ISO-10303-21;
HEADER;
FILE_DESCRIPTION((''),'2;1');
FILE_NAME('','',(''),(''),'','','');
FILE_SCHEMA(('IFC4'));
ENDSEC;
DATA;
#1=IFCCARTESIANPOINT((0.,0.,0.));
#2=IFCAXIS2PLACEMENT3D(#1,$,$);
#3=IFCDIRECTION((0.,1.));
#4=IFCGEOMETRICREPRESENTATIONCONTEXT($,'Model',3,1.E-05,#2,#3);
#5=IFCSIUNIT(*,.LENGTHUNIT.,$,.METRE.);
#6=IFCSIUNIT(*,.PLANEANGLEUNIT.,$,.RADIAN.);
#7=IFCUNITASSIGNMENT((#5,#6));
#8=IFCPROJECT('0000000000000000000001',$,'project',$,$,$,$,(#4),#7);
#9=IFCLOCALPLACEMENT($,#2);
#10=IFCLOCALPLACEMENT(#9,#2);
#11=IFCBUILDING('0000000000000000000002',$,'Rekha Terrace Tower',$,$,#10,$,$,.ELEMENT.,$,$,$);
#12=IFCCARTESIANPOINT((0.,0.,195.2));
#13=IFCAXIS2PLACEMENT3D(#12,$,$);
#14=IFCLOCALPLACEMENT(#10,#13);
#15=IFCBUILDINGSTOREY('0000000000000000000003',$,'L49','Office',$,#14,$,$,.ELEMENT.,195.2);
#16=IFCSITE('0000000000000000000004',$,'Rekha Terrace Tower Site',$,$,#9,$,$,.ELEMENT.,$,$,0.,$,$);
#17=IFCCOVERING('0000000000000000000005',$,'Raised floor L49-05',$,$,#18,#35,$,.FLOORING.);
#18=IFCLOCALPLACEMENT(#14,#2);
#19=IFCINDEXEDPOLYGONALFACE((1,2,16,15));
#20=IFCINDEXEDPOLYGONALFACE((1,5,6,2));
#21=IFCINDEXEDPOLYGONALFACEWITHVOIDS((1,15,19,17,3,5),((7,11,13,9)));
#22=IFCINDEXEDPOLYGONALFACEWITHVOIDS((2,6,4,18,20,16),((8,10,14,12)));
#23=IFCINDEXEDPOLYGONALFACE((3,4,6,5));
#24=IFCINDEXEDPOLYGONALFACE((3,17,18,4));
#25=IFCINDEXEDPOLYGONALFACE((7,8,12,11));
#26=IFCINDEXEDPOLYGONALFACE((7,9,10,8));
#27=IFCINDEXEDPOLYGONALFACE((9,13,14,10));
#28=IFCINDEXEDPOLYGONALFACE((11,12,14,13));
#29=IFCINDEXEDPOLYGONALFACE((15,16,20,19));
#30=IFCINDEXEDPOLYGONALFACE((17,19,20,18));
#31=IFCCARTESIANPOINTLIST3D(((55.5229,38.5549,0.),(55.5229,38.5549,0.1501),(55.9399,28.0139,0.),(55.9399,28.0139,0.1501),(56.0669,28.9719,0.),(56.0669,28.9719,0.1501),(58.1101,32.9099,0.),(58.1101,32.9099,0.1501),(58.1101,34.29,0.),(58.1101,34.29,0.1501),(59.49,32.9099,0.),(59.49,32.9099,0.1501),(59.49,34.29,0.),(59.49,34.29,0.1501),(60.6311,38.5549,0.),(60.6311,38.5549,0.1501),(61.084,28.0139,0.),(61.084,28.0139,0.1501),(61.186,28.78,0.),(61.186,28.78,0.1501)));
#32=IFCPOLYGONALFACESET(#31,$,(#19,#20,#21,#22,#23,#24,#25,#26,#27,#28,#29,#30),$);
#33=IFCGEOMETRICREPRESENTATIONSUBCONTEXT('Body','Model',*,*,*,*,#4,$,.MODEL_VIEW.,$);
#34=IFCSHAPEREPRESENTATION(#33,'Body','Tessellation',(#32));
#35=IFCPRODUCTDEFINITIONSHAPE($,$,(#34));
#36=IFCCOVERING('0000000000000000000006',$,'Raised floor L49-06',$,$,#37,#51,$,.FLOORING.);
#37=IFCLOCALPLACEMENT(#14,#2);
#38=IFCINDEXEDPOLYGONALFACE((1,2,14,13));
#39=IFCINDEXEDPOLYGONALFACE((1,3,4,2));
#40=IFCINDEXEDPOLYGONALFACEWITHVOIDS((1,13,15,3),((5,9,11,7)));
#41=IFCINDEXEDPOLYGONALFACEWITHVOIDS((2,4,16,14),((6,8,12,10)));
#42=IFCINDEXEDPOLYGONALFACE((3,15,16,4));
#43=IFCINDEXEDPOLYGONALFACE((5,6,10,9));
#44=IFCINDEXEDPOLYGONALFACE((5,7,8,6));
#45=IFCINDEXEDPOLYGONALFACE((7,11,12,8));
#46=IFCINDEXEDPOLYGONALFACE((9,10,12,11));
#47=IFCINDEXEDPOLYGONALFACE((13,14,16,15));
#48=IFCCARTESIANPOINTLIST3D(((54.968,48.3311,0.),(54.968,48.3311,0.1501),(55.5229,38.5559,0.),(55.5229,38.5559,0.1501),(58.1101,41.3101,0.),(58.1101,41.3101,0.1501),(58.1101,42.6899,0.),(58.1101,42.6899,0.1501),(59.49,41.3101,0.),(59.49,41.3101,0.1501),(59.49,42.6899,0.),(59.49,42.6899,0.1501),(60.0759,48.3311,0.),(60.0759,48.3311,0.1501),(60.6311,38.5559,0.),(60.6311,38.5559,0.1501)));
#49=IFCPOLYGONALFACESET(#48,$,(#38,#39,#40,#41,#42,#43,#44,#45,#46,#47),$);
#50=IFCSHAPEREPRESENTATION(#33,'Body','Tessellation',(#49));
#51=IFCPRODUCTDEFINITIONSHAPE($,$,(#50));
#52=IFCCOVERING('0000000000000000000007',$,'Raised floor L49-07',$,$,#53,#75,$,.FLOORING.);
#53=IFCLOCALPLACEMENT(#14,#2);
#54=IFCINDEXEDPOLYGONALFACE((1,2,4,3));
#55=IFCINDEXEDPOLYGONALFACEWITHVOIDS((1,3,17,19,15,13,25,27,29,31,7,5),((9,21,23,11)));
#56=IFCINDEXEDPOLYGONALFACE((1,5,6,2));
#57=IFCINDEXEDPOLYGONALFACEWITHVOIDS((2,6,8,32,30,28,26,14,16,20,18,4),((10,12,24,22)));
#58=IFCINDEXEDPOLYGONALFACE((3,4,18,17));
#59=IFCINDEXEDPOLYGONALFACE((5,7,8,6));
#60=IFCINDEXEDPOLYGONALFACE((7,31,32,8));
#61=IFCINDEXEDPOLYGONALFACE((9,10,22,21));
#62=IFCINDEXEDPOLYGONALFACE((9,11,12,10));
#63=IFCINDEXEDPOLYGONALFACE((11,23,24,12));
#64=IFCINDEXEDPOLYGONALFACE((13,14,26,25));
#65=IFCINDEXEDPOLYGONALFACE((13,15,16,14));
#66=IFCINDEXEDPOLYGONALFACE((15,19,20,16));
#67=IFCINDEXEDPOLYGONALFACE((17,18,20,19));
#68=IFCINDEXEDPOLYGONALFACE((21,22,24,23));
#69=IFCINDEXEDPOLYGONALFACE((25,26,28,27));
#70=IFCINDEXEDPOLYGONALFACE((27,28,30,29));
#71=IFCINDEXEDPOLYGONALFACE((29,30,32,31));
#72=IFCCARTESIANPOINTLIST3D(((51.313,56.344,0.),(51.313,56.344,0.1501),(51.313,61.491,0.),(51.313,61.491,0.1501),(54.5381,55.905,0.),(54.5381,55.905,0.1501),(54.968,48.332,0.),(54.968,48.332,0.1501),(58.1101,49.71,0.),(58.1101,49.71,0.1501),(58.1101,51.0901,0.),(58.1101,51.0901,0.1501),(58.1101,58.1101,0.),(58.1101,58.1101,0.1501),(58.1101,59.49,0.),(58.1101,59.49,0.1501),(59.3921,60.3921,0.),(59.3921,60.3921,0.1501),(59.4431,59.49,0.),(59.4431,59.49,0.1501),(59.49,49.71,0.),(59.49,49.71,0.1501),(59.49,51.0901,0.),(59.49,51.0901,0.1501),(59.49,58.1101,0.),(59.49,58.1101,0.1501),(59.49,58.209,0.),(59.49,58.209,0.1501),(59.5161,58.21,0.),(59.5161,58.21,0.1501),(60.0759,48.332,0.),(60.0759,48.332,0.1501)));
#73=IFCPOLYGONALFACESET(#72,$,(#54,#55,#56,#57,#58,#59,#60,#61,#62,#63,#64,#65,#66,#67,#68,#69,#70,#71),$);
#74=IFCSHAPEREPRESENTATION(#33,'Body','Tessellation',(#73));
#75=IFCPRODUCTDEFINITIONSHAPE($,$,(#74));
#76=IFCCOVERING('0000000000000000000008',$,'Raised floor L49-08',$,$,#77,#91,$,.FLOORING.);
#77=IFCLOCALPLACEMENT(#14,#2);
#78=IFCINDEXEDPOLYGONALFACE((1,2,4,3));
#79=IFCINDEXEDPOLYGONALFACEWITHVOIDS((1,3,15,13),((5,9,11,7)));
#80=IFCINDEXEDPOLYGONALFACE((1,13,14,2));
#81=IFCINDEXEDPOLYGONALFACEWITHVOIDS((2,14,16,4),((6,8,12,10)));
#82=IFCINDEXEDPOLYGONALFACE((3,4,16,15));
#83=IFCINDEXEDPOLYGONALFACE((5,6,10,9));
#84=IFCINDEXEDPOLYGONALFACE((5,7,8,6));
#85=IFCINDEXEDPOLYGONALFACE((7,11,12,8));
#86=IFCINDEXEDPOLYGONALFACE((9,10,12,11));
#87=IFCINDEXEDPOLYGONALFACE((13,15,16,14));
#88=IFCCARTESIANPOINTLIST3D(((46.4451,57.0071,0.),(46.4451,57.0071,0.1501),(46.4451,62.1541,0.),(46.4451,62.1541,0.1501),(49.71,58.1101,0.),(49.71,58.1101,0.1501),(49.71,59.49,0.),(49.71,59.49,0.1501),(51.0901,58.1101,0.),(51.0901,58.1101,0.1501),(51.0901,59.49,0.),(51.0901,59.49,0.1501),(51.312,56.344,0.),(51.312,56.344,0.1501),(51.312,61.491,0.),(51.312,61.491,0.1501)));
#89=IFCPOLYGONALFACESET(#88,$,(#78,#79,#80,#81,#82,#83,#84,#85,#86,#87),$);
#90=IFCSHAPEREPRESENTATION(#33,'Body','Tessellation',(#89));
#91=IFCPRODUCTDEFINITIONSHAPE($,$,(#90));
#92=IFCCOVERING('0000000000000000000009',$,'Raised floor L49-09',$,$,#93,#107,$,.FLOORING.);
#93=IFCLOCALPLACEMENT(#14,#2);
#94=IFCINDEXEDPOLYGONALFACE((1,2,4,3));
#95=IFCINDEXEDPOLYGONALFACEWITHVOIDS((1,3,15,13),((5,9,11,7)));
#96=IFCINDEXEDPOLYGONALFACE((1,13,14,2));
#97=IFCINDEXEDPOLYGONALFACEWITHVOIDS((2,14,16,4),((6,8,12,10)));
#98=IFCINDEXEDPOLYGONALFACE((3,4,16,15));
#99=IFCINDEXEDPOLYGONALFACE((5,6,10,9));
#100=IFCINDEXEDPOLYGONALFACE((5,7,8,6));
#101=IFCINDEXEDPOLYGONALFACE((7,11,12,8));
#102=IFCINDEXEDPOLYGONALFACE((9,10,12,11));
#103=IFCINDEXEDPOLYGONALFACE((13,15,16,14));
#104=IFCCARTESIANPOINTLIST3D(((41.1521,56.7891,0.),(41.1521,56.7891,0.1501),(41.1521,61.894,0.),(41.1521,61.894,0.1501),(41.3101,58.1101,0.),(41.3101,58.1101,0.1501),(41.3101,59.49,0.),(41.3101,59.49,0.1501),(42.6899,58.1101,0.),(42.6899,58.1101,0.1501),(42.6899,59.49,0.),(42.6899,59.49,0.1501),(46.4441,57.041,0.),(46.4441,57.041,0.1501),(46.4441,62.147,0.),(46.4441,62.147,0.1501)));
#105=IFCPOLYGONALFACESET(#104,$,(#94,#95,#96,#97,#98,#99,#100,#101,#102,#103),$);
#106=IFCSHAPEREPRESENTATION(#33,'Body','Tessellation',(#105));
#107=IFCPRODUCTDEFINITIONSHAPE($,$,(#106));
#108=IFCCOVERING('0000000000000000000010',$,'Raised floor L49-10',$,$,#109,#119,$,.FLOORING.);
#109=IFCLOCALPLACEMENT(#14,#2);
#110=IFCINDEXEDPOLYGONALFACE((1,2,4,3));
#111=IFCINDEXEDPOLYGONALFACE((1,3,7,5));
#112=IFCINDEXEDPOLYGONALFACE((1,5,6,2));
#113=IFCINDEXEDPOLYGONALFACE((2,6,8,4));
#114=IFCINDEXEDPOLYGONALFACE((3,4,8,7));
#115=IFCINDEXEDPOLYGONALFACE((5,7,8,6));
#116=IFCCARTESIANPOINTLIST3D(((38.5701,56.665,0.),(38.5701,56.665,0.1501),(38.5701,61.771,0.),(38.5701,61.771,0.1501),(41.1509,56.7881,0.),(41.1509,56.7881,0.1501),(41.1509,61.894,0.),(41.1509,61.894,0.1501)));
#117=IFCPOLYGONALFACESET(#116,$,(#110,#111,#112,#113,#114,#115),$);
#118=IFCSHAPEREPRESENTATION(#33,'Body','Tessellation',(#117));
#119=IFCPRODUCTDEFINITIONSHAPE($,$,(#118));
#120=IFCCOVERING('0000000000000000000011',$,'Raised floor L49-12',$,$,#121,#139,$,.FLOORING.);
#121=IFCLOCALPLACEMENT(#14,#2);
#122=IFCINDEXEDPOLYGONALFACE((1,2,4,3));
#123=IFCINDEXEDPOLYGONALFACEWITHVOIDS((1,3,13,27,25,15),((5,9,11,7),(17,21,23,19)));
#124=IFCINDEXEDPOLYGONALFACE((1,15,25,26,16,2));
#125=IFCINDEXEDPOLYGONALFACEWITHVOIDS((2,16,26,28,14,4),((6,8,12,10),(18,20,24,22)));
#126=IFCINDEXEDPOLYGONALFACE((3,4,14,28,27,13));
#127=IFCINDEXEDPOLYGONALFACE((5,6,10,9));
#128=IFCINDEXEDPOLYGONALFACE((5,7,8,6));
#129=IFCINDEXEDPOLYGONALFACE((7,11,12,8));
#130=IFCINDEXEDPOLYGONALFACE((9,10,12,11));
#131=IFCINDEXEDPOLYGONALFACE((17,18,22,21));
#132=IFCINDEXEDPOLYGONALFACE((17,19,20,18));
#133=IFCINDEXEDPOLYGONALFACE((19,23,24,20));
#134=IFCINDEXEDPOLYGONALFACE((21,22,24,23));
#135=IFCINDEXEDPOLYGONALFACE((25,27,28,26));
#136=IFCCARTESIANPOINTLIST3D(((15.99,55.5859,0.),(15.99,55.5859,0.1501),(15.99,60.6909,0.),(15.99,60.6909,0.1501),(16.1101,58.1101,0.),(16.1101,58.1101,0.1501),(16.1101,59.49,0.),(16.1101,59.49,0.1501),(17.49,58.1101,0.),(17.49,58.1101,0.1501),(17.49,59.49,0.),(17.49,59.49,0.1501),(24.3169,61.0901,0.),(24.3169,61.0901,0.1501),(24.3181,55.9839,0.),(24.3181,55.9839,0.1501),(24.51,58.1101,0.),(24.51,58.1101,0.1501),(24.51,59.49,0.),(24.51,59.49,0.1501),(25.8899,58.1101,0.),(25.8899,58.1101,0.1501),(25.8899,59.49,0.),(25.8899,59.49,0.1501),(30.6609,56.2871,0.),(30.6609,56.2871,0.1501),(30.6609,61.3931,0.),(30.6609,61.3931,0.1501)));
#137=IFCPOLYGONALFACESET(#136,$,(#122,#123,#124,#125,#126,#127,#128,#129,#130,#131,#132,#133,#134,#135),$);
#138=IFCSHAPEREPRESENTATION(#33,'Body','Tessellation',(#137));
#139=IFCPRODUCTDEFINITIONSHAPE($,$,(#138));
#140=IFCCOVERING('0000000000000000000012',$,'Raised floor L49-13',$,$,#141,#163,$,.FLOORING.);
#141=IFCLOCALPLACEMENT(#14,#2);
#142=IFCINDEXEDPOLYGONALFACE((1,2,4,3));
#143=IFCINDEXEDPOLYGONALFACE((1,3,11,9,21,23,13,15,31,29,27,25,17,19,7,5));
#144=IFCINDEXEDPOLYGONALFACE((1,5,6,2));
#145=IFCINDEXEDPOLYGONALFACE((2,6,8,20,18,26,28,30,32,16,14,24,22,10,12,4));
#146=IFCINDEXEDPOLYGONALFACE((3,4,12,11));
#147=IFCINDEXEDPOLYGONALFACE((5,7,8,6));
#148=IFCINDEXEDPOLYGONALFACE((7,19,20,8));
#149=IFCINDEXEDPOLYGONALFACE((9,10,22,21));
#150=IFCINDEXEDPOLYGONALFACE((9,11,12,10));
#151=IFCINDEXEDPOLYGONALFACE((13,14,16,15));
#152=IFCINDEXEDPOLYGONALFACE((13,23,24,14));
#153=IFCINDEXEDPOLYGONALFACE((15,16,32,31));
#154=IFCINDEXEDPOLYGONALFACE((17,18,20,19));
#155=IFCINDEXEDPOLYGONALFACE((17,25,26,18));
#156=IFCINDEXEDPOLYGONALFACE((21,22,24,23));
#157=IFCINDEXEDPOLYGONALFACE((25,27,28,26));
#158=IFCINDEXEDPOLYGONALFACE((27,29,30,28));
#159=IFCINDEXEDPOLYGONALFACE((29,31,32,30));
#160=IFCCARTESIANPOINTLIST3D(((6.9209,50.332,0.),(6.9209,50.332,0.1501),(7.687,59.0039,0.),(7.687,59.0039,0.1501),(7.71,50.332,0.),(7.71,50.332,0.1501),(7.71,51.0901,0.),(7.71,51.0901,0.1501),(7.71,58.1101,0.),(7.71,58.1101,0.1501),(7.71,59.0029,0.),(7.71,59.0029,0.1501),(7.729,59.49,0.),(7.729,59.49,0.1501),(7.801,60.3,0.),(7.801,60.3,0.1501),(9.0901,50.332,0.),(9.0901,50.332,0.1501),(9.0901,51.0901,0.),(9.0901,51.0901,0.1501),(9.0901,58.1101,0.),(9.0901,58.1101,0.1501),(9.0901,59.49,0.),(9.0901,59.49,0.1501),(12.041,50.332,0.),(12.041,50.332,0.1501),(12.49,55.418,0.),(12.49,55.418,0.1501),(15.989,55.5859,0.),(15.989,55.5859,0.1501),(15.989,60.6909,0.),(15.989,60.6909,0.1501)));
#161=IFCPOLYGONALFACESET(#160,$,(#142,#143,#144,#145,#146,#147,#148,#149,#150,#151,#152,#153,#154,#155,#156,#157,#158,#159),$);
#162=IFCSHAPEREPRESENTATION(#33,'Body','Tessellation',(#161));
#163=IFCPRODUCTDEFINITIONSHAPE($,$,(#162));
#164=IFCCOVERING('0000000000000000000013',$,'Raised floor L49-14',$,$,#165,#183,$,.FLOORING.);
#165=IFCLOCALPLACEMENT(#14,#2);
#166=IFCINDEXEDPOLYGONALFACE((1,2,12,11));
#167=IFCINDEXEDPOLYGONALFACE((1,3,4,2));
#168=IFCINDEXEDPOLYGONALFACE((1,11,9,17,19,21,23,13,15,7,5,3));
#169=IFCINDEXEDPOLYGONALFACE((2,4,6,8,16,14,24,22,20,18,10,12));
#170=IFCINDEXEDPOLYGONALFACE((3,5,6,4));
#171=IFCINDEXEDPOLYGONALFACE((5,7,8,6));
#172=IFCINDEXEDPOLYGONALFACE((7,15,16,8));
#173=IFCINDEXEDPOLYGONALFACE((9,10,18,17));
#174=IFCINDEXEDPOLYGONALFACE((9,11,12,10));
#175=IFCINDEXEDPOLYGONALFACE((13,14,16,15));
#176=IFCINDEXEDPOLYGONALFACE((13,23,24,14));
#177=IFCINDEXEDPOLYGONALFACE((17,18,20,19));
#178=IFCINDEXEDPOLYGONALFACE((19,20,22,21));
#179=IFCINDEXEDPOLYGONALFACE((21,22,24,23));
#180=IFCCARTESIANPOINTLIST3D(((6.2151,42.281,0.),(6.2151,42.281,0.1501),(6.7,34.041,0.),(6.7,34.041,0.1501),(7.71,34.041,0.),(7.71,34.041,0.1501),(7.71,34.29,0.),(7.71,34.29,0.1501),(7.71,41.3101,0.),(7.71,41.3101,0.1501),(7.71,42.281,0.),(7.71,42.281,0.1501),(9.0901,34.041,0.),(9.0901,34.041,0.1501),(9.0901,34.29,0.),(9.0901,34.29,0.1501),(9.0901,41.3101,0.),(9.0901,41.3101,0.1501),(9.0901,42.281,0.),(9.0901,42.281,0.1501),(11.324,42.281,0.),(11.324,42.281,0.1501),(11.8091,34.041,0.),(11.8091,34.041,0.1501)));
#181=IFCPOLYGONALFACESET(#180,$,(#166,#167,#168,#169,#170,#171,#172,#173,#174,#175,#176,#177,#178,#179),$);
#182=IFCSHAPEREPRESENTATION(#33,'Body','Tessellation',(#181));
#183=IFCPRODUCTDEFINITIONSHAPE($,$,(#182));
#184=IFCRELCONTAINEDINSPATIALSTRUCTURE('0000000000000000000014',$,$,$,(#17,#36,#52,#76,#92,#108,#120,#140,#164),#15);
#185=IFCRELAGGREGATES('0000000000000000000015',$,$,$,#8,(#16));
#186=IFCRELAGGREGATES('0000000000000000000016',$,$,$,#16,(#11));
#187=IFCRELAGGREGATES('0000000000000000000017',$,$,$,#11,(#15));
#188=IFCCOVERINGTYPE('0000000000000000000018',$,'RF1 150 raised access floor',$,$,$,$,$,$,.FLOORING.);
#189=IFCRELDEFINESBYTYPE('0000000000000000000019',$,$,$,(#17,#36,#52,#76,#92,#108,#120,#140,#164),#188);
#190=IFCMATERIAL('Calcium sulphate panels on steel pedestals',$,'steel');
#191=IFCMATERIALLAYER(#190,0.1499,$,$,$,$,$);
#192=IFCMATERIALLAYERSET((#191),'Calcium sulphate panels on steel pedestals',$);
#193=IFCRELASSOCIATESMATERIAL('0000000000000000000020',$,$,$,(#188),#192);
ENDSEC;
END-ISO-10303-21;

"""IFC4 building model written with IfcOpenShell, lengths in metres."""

from ifc_helpers import new_model, si_unit, direction, frame, origin, place, context, subcontext, project, spatial, polyline, outline, extrude, material, layer, layer_set, type_object, element, save


model = new_model("IFC4")

# Units and contexts
model_context = context("Model", 3, precision=1e-05, world=origin(), true_north=direction((0.0, 1.0)))
body_context = subcontext(model_context, "Body", "Model", "MODEL_VIEW")
ifc_project = project(units=[si_unit("LENGTHUNIT", "METRE"), si_unit("PLANEANGLEUNIT", "RADIAN")], contexts=[model_context])

# Site, building, storey
site_placement = place(None, origin())
site = spatial("IfcSite", under=ifc_project, at=site_placement, Name="Rekha Terrace Tower Site", CompositionType="ELEMENT", RefElevation=0.0)
building_placement = place(site_placement, origin())
building = spatial("IfcBuilding", under=site, at=building_placement, Name="Rekha Terrace Tower", CompositionType="ELEMENT")
storey_placement = place(building_placement, frame((0.0, 0.0, 195.2)))
storey = spatial("IfcBuildingStorey", under=building, at=storey_placement, Name="L49", Description="Office", CompositionType="ELEMENT", Elevation=195.2)

# Coverings
ifc_material_1 = material(Name="Calcium sulphate panels on steel pedestals", Category="steel")
ifc_layer_1 = layer(ifc_material_1, 0.1499)
ifc_layer_set_1 = layer_set([ifc_layer_1], Name="Calcium sulphate panels on steel pedestals")
covering_type_1 = type_object("IfcCoveringType", Name="RF1 150 raised access floor", PredefinedType="FLOORING", material=ifc_layer_set_1)
covering_1_placement = place(storey_placement, origin())
element("IfcCovering", 1, at=covering_1_placement, inside=storey, type_object=covering_type_1, Name="Raised floor L49-05", PredefinedType="FLOORING", context=body_context, shape_type="SweptSolid", body=[
    extrude(outline(polyline([(55.5229, 38.5549), (56.0669, 28.9719), (55.9399, 28.0139), (61.084, 28.0139), (61.186, 28.78), (60.6311, 38.5549), (55.5229, 38.5549)]), holes=[polyline([(59.49, 34.29), (59.49, 32.9099), (58.1101, 32.9099), (58.1101, 34.29), (59.49, 34.29)])]), origin(), (0.0, 0.0, 1.0), 0.1501),
])
covering_2_placement = place(storey_placement, origin())
element("IfcCovering", 2, at=covering_2_placement, inside=storey, type_object=covering_type_1, Name="Raised floor L49-06", PredefinedType="FLOORING", context=body_context, shape_type="SweptSolid", body=[
    extrude(outline(polyline([(55.5229, 38.5559), (60.6311, 38.5559), (60.0759, 48.3311), (54.968, 48.3311), (55.5229, 38.5559)]), holes=[polyline([(59.49, 41.3101), (58.1101, 41.3101), (58.1101, 42.6899), (59.49, 42.6899), (59.49, 41.3101)])]), origin(), (0.0, 0.0, 1.0), 0.1501),
])
covering_3_placement = place(storey_placement, origin())
element("IfcCovering", 3, at=covering_3_placement, inside=storey, type_object=covering_type_1, Name="Raised floor L49-07", PredefinedType="FLOORING", context=body_context, shape_type="SweptSolid", body=[
    extrude(outline(polyline([(59.3921, 60.3921), (51.313, 61.491), (51.313, 56.344), (54.5381, 55.905), (54.968, 48.332), (60.0759, 48.332), (59.5161, 58.21), (59.49, 58.209), (59.49, 58.1101), (58.1101, 58.1101), (58.1101, 59.49), (59.4431, 59.49), (59.3921, 60.3921)]), holes=[polyline([(59.49, 51.0901), (59.49, 49.71), (58.1101, 49.71), (58.1101, 51.0901), (59.49, 51.0901)])]), origin(), (0.0, 0.0, 1.0), 0.1501),
])
covering_4_placement = place(storey_placement, origin())
element("IfcCovering", 4, at=covering_4_placement, inside=storey, type_object=covering_type_1, Name="Raised floor L49-08", PredefinedType="FLOORING", context=body_context, shape_type="SweptSolid", body=[
    extrude(outline(polyline([(51.312, 56.344), (51.312, 61.491), (46.4451, 62.1541), (46.4451, 57.0071), (51.312, 56.344)]), holes=[polyline([(51.0901, 58.1101), (49.71, 58.1101), (49.71, 59.49), (51.0901, 59.49), (51.0901, 58.1101)])]), origin(), (0.0, 0.0, 1.0), 0.1501),
])
covering_5_placement = place(storey_placement, origin())
element("IfcCovering", 5, at=covering_5_placement, inside=storey, type_object=covering_type_1, Name="Raised floor L49-09", PredefinedType="FLOORING", context=body_context, shape_type="SweptSolid", body=[
    extrude(outline(polyline([(46.4441, 62.147), (41.1521, 61.894), (41.1521, 56.7891), (46.4441, 57.041), (46.4441, 62.147)]), holes=[polyline([(42.6899, 59.49), (42.6899, 58.1101), (41.3101, 58.1101), (41.3101, 59.49), (42.6899, 59.49)])]), origin(), (0.0, 0.0, 1.0), 0.1501),
])
covering_6_placement = place(storey_placement, origin())
element("IfcCovering", 6, at=covering_6_placement, inside=storey, type_object=covering_type_1, Name="Raised floor L49-10", PredefinedType="FLOORING", context=body_context, shape_type="SweptSolid", body=[
    extrude(outline(polyline([(41.1509, 56.7881), (41.1509, 61.894), (38.5701, 61.771), (38.5701, 56.665), (41.1509, 56.7881)])), origin(), (0.0, 0.0, 1.0), 0.1501),
])
covering_7_placement = place(storey_placement, origin())
element("IfcCovering", 7, at=covering_7_placement, inside=storey, type_object=covering_type_1, Name="Raised floor L49-12", PredefinedType="FLOORING", context=body_context, shape_type="SweptSolid", body=[
    extrude(outline(polyline([(30.6609, 61.3931), (24.3169, 61.0901), (15.99, 60.6909), (15.99, 55.5859), (24.3181, 55.9839), (30.6609, 56.2871), (30.6609, 61.3931)]), holes=[polyline([(25.8899, 58.1101), (24.51, 58.1101), (24.51, 59.49), (25.8899, 59.49), (25.8899, 58.1101)]), polyline([(17.49, 59.49), (17.49, 58.1101), (16.1101, 58.1101), (16.1101, 59.49), (17.49, 59.49)])]), origin(), (0.0, 0.0, 1.0), 0.1501),
])
covering_8_placement = place(storey_placement, origin())
element("IfcCovering", 8, at=covering_8_placement, inside=storey, type_object=covering_type_1, Name="Raised floor L49-13", PredefinedType="FLOORING", context=body_context, shape_type="SweptSolid", body=[
    extrude(outline(polyline([(9.0901, 51.0901), (9.0901, 50.332), (12.041, 50.332), (12.49, 55.418), (15.989, 55.5859), (15.989, 60.6909), (7.801, 60.3), (7.729, 59.49), (9.0901, 59.49), (9.0901, 58.1101), (7.71, 58.1101), (7.71, 59.0029), (7.687, 59.0039), (6.9209, 50.332), (7.71, 50.332), (7.71, 51.0901), (9.0901, 51.0901)])), origin(), (0.0, 0.0, 1.0), 0.1501),
])
covering_9_placement = place(storey_placement, origin())
element("IfcCovering", 9, at=covering_9_placement, inside=storey, type_object=covering_type_1, Name="Raised floor L49-14", PredefinedType="FLOORING", context=body_context, shape_type="SweptSolid", body=[
    extrude(outline(polyline([(9.0901, 34.29), (9.0901, 34.041), (11.8091, 34.041), (11.324, 42.281), (9.0901, 42.281), (9.0901, 41.3101), (7.71, 41.3101), (7.71, 42.281), (6.2151, 42.281), (6.7, 34.041), (7.71, 34.041), (7.71, 34.29), (9.0901, 34.29)])), origin(), (0.0, 0.0, 1.0), 0.1501),
])

save(model, "model.ifc")
